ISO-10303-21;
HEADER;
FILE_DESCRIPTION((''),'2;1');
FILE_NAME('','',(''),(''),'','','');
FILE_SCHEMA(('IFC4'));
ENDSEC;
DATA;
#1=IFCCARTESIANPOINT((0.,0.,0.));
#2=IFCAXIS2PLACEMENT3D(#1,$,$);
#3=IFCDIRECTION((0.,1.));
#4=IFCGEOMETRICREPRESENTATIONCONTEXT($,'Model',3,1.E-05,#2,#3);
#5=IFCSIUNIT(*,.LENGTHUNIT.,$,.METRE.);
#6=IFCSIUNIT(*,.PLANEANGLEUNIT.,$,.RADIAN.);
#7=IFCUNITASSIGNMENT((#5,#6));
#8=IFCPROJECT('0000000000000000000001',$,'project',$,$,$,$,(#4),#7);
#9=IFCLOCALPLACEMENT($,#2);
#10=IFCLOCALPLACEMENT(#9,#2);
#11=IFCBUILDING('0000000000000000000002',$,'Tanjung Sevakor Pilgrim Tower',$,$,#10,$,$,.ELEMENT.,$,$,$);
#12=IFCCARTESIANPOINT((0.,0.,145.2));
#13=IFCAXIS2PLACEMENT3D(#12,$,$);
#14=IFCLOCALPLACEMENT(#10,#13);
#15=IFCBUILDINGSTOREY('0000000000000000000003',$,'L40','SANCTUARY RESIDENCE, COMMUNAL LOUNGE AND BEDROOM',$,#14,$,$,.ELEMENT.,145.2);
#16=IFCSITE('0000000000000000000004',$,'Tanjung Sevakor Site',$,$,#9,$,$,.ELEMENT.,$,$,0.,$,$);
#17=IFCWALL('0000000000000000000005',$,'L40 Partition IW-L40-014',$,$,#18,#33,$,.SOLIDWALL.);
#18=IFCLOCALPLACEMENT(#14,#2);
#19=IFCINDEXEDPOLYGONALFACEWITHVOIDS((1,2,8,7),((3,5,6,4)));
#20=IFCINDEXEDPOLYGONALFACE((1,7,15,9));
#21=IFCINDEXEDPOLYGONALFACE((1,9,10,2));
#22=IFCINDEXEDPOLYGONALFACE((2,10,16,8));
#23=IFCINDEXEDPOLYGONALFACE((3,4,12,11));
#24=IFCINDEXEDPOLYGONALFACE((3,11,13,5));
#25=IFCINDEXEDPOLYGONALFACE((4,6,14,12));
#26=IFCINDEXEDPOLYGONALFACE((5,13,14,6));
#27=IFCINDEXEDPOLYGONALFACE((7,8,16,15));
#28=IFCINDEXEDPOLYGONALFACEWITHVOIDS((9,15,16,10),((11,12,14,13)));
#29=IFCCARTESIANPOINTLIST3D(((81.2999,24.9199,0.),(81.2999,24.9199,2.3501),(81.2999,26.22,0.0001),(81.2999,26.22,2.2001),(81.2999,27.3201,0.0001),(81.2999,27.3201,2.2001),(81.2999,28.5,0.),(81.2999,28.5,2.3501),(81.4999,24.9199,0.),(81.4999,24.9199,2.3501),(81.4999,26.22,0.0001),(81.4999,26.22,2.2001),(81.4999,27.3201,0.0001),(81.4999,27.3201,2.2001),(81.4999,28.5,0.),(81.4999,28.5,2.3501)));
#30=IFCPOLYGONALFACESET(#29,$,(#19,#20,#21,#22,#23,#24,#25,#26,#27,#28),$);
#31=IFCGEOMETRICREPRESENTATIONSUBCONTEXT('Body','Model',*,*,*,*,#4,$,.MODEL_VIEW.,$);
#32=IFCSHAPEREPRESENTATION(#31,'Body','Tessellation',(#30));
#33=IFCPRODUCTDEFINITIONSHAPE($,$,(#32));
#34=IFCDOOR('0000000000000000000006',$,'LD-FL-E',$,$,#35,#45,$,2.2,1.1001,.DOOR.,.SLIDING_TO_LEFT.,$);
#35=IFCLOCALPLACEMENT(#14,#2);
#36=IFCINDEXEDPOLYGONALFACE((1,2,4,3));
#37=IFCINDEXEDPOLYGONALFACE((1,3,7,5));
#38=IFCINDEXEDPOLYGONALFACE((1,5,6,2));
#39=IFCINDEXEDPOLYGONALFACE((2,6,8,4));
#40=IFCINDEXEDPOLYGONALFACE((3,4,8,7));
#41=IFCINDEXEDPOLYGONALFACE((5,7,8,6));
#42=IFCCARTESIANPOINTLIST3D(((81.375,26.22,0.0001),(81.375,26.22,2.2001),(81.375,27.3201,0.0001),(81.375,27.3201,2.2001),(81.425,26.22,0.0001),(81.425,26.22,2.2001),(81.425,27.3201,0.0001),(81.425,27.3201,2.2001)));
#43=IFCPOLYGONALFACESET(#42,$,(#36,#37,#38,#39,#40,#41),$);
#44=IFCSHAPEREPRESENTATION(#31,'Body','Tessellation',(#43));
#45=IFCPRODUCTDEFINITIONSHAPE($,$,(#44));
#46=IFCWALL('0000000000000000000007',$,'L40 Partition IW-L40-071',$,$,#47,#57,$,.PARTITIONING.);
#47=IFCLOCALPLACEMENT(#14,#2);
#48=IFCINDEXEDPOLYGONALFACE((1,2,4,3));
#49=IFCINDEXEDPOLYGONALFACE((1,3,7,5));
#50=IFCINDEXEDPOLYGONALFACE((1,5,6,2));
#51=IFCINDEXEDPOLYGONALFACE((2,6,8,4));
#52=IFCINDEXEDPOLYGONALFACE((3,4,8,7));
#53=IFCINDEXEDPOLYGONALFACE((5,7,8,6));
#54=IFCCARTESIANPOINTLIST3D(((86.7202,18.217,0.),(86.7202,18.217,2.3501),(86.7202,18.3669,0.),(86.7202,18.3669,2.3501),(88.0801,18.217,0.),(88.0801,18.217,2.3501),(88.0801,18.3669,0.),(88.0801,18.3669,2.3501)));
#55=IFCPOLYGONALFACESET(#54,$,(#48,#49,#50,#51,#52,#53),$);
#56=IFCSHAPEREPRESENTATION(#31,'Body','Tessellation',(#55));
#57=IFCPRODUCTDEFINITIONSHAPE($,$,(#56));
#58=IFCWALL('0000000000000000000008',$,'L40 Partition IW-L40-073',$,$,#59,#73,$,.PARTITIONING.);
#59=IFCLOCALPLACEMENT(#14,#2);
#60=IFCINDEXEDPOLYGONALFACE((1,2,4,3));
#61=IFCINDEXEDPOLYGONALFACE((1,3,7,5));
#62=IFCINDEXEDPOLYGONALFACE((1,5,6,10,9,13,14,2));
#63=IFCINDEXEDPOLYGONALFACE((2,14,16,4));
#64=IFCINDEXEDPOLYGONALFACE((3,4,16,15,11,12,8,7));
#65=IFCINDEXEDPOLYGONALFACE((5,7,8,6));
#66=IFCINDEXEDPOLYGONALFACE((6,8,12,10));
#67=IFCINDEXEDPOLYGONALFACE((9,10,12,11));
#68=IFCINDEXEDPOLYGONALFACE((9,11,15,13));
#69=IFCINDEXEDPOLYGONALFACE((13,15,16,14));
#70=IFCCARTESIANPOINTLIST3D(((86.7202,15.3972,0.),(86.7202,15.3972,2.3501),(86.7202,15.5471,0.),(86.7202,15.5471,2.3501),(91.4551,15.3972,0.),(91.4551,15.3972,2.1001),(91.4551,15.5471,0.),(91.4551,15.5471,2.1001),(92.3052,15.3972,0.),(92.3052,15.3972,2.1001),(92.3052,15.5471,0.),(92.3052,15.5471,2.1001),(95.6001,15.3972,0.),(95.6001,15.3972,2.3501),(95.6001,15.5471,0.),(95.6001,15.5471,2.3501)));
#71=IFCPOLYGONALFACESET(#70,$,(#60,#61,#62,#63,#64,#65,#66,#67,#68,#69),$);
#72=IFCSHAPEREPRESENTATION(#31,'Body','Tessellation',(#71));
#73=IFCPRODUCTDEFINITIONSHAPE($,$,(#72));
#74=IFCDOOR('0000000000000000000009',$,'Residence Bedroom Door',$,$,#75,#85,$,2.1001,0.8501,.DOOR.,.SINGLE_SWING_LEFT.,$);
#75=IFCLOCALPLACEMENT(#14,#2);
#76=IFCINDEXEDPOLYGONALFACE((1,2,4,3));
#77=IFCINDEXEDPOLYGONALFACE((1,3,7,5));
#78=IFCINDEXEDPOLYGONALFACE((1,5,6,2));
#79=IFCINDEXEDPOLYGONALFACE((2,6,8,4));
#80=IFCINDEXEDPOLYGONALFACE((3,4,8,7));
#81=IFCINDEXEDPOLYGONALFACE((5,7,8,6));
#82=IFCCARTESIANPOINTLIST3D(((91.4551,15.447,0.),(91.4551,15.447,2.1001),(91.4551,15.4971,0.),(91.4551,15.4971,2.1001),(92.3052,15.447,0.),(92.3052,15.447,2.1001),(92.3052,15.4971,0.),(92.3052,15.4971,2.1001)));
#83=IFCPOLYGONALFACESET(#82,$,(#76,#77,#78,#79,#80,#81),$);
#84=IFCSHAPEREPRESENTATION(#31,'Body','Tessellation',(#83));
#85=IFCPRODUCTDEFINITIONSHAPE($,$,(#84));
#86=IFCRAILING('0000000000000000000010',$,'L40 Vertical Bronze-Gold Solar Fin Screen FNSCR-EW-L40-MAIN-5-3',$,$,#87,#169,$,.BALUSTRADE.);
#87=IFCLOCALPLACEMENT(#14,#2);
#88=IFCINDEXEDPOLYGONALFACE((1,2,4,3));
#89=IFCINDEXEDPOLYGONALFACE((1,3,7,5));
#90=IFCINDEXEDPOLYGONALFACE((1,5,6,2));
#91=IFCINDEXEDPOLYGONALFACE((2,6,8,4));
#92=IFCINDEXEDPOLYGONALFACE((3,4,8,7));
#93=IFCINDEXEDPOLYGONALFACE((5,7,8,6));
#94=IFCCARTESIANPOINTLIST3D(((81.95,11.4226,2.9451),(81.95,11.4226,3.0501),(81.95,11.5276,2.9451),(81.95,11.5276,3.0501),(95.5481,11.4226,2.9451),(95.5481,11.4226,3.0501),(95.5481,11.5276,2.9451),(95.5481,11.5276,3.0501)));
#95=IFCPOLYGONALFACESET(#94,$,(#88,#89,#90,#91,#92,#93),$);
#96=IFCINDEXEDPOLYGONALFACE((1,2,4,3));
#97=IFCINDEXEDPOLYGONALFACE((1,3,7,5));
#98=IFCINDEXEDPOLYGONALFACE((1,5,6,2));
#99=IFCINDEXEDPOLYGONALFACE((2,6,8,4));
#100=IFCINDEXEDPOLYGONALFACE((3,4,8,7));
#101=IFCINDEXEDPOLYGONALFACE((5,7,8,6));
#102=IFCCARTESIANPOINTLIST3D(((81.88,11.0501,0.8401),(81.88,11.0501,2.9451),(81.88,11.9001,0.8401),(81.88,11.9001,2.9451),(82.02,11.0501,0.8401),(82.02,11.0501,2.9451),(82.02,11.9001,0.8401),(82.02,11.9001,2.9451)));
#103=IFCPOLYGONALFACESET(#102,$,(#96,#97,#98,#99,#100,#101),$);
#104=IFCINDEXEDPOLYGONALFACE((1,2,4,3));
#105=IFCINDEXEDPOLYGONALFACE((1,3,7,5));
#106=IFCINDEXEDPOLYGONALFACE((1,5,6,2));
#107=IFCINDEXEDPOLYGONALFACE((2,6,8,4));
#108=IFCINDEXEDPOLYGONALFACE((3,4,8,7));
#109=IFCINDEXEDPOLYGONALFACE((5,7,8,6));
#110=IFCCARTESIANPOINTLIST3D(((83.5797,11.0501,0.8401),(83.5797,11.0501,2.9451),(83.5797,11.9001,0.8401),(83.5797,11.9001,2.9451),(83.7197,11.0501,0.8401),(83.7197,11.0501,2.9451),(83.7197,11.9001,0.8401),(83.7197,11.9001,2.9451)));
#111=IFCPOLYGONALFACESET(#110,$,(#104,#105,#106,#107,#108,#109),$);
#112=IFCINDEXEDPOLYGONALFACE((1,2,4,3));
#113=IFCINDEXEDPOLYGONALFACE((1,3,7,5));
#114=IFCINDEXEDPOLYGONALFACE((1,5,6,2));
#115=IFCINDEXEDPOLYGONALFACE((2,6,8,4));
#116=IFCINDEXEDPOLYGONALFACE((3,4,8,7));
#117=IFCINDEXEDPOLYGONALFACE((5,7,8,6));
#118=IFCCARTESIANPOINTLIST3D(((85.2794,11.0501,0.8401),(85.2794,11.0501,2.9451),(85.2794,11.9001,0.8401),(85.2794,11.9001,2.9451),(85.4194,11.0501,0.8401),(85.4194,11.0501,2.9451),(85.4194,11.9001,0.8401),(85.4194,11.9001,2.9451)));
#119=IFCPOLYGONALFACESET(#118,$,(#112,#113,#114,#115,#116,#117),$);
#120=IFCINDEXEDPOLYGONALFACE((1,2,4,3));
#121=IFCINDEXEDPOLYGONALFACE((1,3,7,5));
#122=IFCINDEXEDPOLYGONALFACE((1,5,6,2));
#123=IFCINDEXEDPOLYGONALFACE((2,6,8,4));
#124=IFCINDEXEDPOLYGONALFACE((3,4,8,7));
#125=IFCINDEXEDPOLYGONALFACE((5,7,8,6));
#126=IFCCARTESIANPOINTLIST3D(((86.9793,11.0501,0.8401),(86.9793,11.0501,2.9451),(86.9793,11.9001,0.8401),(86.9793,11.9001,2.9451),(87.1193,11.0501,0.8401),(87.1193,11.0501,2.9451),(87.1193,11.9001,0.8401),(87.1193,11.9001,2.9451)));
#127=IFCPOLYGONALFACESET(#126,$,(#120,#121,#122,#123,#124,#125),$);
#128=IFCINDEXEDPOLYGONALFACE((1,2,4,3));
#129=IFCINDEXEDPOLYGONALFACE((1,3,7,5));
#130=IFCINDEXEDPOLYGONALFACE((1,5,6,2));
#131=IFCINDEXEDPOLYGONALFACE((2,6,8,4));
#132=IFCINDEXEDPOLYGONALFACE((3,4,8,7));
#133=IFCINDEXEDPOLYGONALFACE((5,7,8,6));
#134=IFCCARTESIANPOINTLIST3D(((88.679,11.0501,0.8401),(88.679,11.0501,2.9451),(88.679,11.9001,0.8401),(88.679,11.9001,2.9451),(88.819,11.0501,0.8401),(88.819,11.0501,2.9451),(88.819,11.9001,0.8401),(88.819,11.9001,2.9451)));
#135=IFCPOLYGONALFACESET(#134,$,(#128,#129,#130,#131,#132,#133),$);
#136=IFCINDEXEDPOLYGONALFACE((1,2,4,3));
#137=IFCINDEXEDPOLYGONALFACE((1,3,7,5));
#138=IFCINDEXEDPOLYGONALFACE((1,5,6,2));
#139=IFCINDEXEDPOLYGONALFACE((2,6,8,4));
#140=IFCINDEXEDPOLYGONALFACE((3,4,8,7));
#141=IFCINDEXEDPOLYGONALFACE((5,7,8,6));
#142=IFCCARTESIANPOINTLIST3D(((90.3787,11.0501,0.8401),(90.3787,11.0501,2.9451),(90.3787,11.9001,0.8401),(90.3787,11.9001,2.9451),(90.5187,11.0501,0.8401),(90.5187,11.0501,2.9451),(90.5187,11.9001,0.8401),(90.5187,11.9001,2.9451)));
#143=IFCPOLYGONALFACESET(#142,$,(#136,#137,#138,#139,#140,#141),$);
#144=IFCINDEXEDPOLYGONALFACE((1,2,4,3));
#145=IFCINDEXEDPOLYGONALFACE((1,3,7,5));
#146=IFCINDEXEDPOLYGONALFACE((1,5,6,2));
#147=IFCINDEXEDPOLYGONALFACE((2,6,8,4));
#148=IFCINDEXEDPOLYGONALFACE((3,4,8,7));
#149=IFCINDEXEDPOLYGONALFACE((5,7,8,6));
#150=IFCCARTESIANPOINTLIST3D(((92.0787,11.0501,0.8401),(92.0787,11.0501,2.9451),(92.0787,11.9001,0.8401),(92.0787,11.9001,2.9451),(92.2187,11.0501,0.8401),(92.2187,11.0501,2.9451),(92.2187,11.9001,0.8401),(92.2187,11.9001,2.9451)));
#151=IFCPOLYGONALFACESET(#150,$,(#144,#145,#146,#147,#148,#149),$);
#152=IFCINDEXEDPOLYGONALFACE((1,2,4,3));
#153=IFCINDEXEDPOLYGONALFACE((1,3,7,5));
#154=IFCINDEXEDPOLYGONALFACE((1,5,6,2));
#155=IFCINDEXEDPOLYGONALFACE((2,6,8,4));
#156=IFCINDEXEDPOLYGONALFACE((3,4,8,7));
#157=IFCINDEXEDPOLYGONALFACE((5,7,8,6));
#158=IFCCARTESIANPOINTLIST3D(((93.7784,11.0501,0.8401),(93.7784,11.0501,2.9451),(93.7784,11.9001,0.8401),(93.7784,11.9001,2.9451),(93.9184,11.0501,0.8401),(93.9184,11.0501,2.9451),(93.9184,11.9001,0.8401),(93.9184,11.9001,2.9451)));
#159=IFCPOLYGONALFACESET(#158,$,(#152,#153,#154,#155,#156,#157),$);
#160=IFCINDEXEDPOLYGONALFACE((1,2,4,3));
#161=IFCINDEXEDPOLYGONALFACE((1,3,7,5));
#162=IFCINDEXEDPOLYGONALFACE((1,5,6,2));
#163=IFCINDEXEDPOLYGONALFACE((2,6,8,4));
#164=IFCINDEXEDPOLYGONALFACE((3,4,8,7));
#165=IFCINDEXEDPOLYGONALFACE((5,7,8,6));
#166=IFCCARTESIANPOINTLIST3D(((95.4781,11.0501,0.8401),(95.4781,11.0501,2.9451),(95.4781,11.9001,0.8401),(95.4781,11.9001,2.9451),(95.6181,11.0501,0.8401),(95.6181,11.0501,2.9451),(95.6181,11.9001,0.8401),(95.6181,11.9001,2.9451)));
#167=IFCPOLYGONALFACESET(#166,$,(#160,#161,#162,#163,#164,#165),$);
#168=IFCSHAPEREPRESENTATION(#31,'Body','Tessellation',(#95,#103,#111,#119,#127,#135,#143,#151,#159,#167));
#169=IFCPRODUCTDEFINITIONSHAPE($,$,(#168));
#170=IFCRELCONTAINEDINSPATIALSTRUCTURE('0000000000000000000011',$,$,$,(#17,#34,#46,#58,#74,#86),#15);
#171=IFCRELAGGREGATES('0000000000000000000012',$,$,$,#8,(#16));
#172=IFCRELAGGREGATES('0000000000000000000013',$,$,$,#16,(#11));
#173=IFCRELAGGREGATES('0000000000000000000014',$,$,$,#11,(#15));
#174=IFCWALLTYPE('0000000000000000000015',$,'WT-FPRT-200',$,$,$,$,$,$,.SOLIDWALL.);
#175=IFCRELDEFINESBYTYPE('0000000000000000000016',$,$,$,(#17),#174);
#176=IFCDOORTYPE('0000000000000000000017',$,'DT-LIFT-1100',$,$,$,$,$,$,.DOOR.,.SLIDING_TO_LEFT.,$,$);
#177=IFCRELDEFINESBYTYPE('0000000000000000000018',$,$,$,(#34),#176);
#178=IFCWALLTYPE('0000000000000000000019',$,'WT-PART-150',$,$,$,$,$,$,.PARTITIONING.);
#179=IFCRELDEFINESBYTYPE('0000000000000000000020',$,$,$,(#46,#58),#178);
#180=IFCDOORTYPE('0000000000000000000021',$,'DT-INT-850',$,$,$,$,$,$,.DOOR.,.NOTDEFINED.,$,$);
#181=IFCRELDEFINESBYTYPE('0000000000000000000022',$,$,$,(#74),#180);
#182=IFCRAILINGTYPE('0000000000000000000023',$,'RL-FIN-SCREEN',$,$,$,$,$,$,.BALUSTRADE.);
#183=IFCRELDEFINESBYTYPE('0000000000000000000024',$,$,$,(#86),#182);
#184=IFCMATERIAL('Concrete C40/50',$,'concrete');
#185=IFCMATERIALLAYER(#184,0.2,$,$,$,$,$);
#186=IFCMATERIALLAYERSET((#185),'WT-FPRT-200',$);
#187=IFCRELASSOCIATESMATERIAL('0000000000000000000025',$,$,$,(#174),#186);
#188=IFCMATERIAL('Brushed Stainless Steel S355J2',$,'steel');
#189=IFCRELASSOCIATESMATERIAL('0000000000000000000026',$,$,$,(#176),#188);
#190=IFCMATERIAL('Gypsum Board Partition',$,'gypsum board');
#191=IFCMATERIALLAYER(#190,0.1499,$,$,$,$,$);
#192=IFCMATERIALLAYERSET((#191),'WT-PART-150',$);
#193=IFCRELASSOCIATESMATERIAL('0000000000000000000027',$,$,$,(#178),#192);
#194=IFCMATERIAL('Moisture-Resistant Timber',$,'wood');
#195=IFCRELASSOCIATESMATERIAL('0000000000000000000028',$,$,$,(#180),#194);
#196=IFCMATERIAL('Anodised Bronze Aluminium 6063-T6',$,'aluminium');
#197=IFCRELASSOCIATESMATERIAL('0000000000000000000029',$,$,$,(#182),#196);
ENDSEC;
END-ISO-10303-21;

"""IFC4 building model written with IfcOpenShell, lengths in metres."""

from ifc_helpers import new_model, si_unit, direction, frame, frame_2d, origin, place, context, subcontext, project, spatial, rectangle, extrude, material, layer, layer_set, type_object, element, fill, save


model = new_model("IFC4")

# Units and contexts
model_context = context("Model", 3, precision=1e-05, world=origin(), true_north=direction((0.0, 1.0)))
body_context = subcontext(model_context, "Body", "Model", "MODEL_VIEW")
ifc_project = project(units=[si_unit("LENGTHUNIT", "METRE"), si_unit("PLANEANGLEUNIT", "RADIAN")], contexts=[model_context])

# Site, building, storey
site_placement = place(None, origin())
site = spatial("IfcSite", under=ifc_project, at=site_placement, Name="Tanjung Sevakor Site", CompositionType="ELEMENT", RefElevation=0.0)
building_placement = place(site_placement, origin())
building = spatial("IfcBuilding", under=site, at=building_placement, Name="Tanjung Sevakor Pilgrim Tower", CompositionType="ELEMENT")
storey_placement = place(building_placement, frame((0.0, 0.0, 145.2)))
storey = spatial("IfcBuildingStorey", under=building, at=storey_placement, Name="L40", Description="SANCTUARY RESIDENCE, COMMUNAL LOUNGE AND BEDROOM", CompositionType="ELEMENT", Elevation=145.2)

# Wall, opening, door
ifc_material_1 = material(Name="Concrete C40/50", Category="concrete")
ifc_layer_1 = layer(ifc_material_1, 0.2)
ifc_layer_set_1 = layer_set([ifc_layer_1], Name="WT-FPRT-200")
wall_type_1 = type_object("IfcWallType", Name="WT-FPRT-200", PredefinedType="SOLIDWALL", material=ifc_layer_set_1)
wall_1_placement = place(storey_placement, frame((81.3999, 24.9199, 0.0), z_axis=(0.0, 0.0, 1.0), x_axis=(0.0, 1.0, 0.0)))
wall_1 = element("IfcWall", 1, at=wall_1_placement, inside=storey, type_object=wall_type_1, Name="L40 Partition IW-L40-014", PredefinedType="SOLIDWALL", context=body_context, shape_type="SweptSolid", body=[
    extrude(rectangle(XDim=3.5801, YDim=0.2, at=frame_2d((1.79, 0.0))), origin(), (0.0, 0.0, 1.0), 2.3501),
])
opening_1_placement = place(wall_1_placement, frame((1.3, 0.0, 0.0)))
opening_1 = element("IfcOpeningElement", 2, at=opening_1_placement, cuts=wall_1, PredefinedType="OPENING", context=body_context, shape_type="SweptSolid", body=[
    extrude(rectangle(XDim=1.1001, YDim=2.2, at=frame_2d((0.55, 1.1001))), frame((0.0, 0.1099, 0.0), z_axis=(0.0, -1.0, 0.0), x_axis=(1.0, 0.0, 0.0)), (0.0, 0.0, 1.0), 0.22),
])
ifc_material_2 = material(Name="Brushed Stainless Steel S355J2", Category="steel")
door_type_1 = type_object("IfcDoorType", Name="DT-LIFT-1100", OperationType="SLIDING_TO_LEFT", PredefinedType="DOOR", material=ifc_material_2)
door_1_placement = place(opening_1_placement, origin())
door_1 = element("IfcDoor", 3, at=door_1_placement, inside=storey, type_object=door_type_1, Name="LD-FL-E", OperationType="SLIDING_TO_LEFT", OverallHeight=2.2, OverallWidth=1.1001, PredefinedType="DOOR", context=body_context, shape_type="SweptSolid", body=[
    extrude(rectangle(XDim=1.1001, YDim=2.2, at=frame_2d((0.55, 1.1001))), frame((0.0, 0.0249, 0.0), z_axis=(0.0, -1.0, 0.0), x_axis=(1.0, 0.0, 0.0)), (0.0, 0.0, 1.0), 0.05),
])
fill(opening_1, door_1)

# Wall
ifc_material_3 = material(Name="Gypsum Board Partition", Category="gypsum board")
ifc_layer_2 = layer(ifc_material_3, 0.1499)
ifc_layer_set_2 = layer_set([ifc_layer_2], Name="WT-PART-150")
wall_type_2 = type_object("IfcWallType", Name="WT-PART-150", PredefinedType="PARTITIONING", material=ifc_layer_set_2)
wall_2_placement = place(storey_placement, frame((86.7202, 18.292, 0.0), z_axis=(0.0, 0.0, 1.0), x_axis=(1.0, 0.0, 0.0)))
element("IfcWall", 4, at=wall_2_placement, inside=storey, type_object=wall_type_2, Name="L40 Partition IW-L40-071", PredefinedType="PARTITIONING", context=body_context, shape_type="SweptSolid", body=[
    extrude(rectangle(XDim=1.3599, YDim=0.1499, at=frame_2d((0.6799, 0.0))), origin(), (0.0, 0.0, 1.0), 2.3501),
])

# Wall, opening, door
wall_3_placement = place(storey_placement, frame((86.7202, 15.4722, 0.0), z_axis=(0.0, 0.0, 1.0), x_axis=(1.0, 0.0, 0.0)))
wall_3 = element("IfcWall", 5, at=wall_3_placement, inside=storey, type_object=wall_type_2, Name="L40 Partition IW-L40-073", PredefinedType="PARTITIONING", context=body_context, shape_type="SweptSolid", body=[
    extrude(rectangle(XDim=8.8799, YDim=0.1499, at=frame_2d((4.4399, 0.0))), origin(), (0.0, 0.0, 1.0), 2.3501),
])
opening_2_placement = place(wall_3_placement, frame((4.7349, 0.0, 0.0)))
opening_2 = element("IfcOpeningElement", 6, at=opening_2_placement, cuts=wall_3, PredefinedType="OPENING", context=body_context, shape_type="SweptSolid", body=[
    extrude(rectangle(XDim=0.8501, YDim=2.1001, at=frame_2d((0.425, 1.05))), frame((0.0, 0.085, 0.0), z_axis=(0.0, -1.0, 0.0), x_axis=(1.0, 0.0, 0.0)), (0.0, 0.0, 1.0), 0.1699),
])
ifc_material_4 = material(Name="Moisture-Resistant Timber", Category="wood")
door_type_2 = type_object("IfcDoorType", Name="DT-INT-850", OperationType="NOTDEFINED", PredefinedType="DOOR", material=ifc_material_4)
door_2_placement = place(opening_2_placement, origin())
door_2 = element("IfcDoor", 7, at=door_2_placement, inside=storey, type_object=door_type_2, Name="Residence Bedroom Door", OperationType="SINGLE_SWING_LEFT", OverallHeight=2.1001, OverallWidth=0.8501, PredefinedType="DOOR", context=body_context, shape_type="SweptSolid", body=[
    extrude(rectangle(XDim=0.8501, YDim=2.1001, at=frame_2d((0.425, 1.05))), frame((0.0, 0.0249, 0.0), z_axis=(0.0, -1.0, 0.0), x_axis=(1.0, 0.0, 0.0)), (0.0, 0.0, 1.0), 0.05),
])
fill(opening_2, door_2)

# Railing
ifc_material_5 = material(Name="Anodised Bronze Aluminium 6063-T6", Category="aluminium")
railing_type = type_object("IfcRailingType", Name="RL-FIN-SCREEN", PredefinedType="BALUSTRADE", material=ifc_material_5)
railing_placement = place(storey_placement, frame((81.95, 11.4751, 0.8401)))
element("IfcRailing", 8, at=railing_placement, inside=storey, type_object=railing_type, Name="L40 Vertical Bronze-Gold Solar Fin Screen FNSCR-EW-L40-MAIN-5-3", PredefinedType="BALUSTRADE", context=body_context, shape_type="SweptSolid", body=[
    extrude(rectangle(XDim=0.105, YDim=0.105), frame((0.0, 0.0, 2.1575), z_axis=(1.0, 0.0, 0.0), x_axis=(0.0, 1.0, 0.0)), (0.0, 0.0, 1.0), 13.5981),
    extrude(rectangle(XDim=0.14, YDim=0.85), origin(), (0.0, 0.0, 1.0), 2.105),
    extrude(rectangle(XDim=0.14, YDim=0.85), frame((1.6997, 0.0, 0.0)), (0.0, 0.0, 1.0), 2.105),
    extrude(rectangle(XDim=0.14, YDim=0.85), frame((3.3994, 0.0, 0.0)), (0.0, 0.0, 1.0), 2.105),
    extrude(rectangle(XDim=0.14, YDim=0.85), frame((5.0994, 0.0, 0.0)), (0.0, 0.0, 1.0), 2.105),
    extrude(rectangle(XDim=0.14, YDim=0.85), frame((6.7991, 0.0, 0.0)), (0.0, 0.0, 1.0), 2.105),
    extrude(rectangle(XDim=0.14, YDim=0.85), frame((8.4988, 0.0, 0.0)), (0.0, 0.0, 1.0), 2.105),
    extrude(rectangle(XDim=0.14, YDim=0.85), frame((10.1987, 0.0, 0.0)), (0.0, 0.0, 1.0), 2.105),
    extrude(rectangle(XDim=0.14, YDim=0.85), frame((11.8984, 0.0, 0.0)), (0.0, 0.0, 1.0), 2.105),
    extrude(rectangle(XDim=0.14, YDim=0.85), frame((13.5981, 0.0, 0.0)), (0.0, 0.0, 1.0), 2.105),
])

save(model, "model.ifc")
